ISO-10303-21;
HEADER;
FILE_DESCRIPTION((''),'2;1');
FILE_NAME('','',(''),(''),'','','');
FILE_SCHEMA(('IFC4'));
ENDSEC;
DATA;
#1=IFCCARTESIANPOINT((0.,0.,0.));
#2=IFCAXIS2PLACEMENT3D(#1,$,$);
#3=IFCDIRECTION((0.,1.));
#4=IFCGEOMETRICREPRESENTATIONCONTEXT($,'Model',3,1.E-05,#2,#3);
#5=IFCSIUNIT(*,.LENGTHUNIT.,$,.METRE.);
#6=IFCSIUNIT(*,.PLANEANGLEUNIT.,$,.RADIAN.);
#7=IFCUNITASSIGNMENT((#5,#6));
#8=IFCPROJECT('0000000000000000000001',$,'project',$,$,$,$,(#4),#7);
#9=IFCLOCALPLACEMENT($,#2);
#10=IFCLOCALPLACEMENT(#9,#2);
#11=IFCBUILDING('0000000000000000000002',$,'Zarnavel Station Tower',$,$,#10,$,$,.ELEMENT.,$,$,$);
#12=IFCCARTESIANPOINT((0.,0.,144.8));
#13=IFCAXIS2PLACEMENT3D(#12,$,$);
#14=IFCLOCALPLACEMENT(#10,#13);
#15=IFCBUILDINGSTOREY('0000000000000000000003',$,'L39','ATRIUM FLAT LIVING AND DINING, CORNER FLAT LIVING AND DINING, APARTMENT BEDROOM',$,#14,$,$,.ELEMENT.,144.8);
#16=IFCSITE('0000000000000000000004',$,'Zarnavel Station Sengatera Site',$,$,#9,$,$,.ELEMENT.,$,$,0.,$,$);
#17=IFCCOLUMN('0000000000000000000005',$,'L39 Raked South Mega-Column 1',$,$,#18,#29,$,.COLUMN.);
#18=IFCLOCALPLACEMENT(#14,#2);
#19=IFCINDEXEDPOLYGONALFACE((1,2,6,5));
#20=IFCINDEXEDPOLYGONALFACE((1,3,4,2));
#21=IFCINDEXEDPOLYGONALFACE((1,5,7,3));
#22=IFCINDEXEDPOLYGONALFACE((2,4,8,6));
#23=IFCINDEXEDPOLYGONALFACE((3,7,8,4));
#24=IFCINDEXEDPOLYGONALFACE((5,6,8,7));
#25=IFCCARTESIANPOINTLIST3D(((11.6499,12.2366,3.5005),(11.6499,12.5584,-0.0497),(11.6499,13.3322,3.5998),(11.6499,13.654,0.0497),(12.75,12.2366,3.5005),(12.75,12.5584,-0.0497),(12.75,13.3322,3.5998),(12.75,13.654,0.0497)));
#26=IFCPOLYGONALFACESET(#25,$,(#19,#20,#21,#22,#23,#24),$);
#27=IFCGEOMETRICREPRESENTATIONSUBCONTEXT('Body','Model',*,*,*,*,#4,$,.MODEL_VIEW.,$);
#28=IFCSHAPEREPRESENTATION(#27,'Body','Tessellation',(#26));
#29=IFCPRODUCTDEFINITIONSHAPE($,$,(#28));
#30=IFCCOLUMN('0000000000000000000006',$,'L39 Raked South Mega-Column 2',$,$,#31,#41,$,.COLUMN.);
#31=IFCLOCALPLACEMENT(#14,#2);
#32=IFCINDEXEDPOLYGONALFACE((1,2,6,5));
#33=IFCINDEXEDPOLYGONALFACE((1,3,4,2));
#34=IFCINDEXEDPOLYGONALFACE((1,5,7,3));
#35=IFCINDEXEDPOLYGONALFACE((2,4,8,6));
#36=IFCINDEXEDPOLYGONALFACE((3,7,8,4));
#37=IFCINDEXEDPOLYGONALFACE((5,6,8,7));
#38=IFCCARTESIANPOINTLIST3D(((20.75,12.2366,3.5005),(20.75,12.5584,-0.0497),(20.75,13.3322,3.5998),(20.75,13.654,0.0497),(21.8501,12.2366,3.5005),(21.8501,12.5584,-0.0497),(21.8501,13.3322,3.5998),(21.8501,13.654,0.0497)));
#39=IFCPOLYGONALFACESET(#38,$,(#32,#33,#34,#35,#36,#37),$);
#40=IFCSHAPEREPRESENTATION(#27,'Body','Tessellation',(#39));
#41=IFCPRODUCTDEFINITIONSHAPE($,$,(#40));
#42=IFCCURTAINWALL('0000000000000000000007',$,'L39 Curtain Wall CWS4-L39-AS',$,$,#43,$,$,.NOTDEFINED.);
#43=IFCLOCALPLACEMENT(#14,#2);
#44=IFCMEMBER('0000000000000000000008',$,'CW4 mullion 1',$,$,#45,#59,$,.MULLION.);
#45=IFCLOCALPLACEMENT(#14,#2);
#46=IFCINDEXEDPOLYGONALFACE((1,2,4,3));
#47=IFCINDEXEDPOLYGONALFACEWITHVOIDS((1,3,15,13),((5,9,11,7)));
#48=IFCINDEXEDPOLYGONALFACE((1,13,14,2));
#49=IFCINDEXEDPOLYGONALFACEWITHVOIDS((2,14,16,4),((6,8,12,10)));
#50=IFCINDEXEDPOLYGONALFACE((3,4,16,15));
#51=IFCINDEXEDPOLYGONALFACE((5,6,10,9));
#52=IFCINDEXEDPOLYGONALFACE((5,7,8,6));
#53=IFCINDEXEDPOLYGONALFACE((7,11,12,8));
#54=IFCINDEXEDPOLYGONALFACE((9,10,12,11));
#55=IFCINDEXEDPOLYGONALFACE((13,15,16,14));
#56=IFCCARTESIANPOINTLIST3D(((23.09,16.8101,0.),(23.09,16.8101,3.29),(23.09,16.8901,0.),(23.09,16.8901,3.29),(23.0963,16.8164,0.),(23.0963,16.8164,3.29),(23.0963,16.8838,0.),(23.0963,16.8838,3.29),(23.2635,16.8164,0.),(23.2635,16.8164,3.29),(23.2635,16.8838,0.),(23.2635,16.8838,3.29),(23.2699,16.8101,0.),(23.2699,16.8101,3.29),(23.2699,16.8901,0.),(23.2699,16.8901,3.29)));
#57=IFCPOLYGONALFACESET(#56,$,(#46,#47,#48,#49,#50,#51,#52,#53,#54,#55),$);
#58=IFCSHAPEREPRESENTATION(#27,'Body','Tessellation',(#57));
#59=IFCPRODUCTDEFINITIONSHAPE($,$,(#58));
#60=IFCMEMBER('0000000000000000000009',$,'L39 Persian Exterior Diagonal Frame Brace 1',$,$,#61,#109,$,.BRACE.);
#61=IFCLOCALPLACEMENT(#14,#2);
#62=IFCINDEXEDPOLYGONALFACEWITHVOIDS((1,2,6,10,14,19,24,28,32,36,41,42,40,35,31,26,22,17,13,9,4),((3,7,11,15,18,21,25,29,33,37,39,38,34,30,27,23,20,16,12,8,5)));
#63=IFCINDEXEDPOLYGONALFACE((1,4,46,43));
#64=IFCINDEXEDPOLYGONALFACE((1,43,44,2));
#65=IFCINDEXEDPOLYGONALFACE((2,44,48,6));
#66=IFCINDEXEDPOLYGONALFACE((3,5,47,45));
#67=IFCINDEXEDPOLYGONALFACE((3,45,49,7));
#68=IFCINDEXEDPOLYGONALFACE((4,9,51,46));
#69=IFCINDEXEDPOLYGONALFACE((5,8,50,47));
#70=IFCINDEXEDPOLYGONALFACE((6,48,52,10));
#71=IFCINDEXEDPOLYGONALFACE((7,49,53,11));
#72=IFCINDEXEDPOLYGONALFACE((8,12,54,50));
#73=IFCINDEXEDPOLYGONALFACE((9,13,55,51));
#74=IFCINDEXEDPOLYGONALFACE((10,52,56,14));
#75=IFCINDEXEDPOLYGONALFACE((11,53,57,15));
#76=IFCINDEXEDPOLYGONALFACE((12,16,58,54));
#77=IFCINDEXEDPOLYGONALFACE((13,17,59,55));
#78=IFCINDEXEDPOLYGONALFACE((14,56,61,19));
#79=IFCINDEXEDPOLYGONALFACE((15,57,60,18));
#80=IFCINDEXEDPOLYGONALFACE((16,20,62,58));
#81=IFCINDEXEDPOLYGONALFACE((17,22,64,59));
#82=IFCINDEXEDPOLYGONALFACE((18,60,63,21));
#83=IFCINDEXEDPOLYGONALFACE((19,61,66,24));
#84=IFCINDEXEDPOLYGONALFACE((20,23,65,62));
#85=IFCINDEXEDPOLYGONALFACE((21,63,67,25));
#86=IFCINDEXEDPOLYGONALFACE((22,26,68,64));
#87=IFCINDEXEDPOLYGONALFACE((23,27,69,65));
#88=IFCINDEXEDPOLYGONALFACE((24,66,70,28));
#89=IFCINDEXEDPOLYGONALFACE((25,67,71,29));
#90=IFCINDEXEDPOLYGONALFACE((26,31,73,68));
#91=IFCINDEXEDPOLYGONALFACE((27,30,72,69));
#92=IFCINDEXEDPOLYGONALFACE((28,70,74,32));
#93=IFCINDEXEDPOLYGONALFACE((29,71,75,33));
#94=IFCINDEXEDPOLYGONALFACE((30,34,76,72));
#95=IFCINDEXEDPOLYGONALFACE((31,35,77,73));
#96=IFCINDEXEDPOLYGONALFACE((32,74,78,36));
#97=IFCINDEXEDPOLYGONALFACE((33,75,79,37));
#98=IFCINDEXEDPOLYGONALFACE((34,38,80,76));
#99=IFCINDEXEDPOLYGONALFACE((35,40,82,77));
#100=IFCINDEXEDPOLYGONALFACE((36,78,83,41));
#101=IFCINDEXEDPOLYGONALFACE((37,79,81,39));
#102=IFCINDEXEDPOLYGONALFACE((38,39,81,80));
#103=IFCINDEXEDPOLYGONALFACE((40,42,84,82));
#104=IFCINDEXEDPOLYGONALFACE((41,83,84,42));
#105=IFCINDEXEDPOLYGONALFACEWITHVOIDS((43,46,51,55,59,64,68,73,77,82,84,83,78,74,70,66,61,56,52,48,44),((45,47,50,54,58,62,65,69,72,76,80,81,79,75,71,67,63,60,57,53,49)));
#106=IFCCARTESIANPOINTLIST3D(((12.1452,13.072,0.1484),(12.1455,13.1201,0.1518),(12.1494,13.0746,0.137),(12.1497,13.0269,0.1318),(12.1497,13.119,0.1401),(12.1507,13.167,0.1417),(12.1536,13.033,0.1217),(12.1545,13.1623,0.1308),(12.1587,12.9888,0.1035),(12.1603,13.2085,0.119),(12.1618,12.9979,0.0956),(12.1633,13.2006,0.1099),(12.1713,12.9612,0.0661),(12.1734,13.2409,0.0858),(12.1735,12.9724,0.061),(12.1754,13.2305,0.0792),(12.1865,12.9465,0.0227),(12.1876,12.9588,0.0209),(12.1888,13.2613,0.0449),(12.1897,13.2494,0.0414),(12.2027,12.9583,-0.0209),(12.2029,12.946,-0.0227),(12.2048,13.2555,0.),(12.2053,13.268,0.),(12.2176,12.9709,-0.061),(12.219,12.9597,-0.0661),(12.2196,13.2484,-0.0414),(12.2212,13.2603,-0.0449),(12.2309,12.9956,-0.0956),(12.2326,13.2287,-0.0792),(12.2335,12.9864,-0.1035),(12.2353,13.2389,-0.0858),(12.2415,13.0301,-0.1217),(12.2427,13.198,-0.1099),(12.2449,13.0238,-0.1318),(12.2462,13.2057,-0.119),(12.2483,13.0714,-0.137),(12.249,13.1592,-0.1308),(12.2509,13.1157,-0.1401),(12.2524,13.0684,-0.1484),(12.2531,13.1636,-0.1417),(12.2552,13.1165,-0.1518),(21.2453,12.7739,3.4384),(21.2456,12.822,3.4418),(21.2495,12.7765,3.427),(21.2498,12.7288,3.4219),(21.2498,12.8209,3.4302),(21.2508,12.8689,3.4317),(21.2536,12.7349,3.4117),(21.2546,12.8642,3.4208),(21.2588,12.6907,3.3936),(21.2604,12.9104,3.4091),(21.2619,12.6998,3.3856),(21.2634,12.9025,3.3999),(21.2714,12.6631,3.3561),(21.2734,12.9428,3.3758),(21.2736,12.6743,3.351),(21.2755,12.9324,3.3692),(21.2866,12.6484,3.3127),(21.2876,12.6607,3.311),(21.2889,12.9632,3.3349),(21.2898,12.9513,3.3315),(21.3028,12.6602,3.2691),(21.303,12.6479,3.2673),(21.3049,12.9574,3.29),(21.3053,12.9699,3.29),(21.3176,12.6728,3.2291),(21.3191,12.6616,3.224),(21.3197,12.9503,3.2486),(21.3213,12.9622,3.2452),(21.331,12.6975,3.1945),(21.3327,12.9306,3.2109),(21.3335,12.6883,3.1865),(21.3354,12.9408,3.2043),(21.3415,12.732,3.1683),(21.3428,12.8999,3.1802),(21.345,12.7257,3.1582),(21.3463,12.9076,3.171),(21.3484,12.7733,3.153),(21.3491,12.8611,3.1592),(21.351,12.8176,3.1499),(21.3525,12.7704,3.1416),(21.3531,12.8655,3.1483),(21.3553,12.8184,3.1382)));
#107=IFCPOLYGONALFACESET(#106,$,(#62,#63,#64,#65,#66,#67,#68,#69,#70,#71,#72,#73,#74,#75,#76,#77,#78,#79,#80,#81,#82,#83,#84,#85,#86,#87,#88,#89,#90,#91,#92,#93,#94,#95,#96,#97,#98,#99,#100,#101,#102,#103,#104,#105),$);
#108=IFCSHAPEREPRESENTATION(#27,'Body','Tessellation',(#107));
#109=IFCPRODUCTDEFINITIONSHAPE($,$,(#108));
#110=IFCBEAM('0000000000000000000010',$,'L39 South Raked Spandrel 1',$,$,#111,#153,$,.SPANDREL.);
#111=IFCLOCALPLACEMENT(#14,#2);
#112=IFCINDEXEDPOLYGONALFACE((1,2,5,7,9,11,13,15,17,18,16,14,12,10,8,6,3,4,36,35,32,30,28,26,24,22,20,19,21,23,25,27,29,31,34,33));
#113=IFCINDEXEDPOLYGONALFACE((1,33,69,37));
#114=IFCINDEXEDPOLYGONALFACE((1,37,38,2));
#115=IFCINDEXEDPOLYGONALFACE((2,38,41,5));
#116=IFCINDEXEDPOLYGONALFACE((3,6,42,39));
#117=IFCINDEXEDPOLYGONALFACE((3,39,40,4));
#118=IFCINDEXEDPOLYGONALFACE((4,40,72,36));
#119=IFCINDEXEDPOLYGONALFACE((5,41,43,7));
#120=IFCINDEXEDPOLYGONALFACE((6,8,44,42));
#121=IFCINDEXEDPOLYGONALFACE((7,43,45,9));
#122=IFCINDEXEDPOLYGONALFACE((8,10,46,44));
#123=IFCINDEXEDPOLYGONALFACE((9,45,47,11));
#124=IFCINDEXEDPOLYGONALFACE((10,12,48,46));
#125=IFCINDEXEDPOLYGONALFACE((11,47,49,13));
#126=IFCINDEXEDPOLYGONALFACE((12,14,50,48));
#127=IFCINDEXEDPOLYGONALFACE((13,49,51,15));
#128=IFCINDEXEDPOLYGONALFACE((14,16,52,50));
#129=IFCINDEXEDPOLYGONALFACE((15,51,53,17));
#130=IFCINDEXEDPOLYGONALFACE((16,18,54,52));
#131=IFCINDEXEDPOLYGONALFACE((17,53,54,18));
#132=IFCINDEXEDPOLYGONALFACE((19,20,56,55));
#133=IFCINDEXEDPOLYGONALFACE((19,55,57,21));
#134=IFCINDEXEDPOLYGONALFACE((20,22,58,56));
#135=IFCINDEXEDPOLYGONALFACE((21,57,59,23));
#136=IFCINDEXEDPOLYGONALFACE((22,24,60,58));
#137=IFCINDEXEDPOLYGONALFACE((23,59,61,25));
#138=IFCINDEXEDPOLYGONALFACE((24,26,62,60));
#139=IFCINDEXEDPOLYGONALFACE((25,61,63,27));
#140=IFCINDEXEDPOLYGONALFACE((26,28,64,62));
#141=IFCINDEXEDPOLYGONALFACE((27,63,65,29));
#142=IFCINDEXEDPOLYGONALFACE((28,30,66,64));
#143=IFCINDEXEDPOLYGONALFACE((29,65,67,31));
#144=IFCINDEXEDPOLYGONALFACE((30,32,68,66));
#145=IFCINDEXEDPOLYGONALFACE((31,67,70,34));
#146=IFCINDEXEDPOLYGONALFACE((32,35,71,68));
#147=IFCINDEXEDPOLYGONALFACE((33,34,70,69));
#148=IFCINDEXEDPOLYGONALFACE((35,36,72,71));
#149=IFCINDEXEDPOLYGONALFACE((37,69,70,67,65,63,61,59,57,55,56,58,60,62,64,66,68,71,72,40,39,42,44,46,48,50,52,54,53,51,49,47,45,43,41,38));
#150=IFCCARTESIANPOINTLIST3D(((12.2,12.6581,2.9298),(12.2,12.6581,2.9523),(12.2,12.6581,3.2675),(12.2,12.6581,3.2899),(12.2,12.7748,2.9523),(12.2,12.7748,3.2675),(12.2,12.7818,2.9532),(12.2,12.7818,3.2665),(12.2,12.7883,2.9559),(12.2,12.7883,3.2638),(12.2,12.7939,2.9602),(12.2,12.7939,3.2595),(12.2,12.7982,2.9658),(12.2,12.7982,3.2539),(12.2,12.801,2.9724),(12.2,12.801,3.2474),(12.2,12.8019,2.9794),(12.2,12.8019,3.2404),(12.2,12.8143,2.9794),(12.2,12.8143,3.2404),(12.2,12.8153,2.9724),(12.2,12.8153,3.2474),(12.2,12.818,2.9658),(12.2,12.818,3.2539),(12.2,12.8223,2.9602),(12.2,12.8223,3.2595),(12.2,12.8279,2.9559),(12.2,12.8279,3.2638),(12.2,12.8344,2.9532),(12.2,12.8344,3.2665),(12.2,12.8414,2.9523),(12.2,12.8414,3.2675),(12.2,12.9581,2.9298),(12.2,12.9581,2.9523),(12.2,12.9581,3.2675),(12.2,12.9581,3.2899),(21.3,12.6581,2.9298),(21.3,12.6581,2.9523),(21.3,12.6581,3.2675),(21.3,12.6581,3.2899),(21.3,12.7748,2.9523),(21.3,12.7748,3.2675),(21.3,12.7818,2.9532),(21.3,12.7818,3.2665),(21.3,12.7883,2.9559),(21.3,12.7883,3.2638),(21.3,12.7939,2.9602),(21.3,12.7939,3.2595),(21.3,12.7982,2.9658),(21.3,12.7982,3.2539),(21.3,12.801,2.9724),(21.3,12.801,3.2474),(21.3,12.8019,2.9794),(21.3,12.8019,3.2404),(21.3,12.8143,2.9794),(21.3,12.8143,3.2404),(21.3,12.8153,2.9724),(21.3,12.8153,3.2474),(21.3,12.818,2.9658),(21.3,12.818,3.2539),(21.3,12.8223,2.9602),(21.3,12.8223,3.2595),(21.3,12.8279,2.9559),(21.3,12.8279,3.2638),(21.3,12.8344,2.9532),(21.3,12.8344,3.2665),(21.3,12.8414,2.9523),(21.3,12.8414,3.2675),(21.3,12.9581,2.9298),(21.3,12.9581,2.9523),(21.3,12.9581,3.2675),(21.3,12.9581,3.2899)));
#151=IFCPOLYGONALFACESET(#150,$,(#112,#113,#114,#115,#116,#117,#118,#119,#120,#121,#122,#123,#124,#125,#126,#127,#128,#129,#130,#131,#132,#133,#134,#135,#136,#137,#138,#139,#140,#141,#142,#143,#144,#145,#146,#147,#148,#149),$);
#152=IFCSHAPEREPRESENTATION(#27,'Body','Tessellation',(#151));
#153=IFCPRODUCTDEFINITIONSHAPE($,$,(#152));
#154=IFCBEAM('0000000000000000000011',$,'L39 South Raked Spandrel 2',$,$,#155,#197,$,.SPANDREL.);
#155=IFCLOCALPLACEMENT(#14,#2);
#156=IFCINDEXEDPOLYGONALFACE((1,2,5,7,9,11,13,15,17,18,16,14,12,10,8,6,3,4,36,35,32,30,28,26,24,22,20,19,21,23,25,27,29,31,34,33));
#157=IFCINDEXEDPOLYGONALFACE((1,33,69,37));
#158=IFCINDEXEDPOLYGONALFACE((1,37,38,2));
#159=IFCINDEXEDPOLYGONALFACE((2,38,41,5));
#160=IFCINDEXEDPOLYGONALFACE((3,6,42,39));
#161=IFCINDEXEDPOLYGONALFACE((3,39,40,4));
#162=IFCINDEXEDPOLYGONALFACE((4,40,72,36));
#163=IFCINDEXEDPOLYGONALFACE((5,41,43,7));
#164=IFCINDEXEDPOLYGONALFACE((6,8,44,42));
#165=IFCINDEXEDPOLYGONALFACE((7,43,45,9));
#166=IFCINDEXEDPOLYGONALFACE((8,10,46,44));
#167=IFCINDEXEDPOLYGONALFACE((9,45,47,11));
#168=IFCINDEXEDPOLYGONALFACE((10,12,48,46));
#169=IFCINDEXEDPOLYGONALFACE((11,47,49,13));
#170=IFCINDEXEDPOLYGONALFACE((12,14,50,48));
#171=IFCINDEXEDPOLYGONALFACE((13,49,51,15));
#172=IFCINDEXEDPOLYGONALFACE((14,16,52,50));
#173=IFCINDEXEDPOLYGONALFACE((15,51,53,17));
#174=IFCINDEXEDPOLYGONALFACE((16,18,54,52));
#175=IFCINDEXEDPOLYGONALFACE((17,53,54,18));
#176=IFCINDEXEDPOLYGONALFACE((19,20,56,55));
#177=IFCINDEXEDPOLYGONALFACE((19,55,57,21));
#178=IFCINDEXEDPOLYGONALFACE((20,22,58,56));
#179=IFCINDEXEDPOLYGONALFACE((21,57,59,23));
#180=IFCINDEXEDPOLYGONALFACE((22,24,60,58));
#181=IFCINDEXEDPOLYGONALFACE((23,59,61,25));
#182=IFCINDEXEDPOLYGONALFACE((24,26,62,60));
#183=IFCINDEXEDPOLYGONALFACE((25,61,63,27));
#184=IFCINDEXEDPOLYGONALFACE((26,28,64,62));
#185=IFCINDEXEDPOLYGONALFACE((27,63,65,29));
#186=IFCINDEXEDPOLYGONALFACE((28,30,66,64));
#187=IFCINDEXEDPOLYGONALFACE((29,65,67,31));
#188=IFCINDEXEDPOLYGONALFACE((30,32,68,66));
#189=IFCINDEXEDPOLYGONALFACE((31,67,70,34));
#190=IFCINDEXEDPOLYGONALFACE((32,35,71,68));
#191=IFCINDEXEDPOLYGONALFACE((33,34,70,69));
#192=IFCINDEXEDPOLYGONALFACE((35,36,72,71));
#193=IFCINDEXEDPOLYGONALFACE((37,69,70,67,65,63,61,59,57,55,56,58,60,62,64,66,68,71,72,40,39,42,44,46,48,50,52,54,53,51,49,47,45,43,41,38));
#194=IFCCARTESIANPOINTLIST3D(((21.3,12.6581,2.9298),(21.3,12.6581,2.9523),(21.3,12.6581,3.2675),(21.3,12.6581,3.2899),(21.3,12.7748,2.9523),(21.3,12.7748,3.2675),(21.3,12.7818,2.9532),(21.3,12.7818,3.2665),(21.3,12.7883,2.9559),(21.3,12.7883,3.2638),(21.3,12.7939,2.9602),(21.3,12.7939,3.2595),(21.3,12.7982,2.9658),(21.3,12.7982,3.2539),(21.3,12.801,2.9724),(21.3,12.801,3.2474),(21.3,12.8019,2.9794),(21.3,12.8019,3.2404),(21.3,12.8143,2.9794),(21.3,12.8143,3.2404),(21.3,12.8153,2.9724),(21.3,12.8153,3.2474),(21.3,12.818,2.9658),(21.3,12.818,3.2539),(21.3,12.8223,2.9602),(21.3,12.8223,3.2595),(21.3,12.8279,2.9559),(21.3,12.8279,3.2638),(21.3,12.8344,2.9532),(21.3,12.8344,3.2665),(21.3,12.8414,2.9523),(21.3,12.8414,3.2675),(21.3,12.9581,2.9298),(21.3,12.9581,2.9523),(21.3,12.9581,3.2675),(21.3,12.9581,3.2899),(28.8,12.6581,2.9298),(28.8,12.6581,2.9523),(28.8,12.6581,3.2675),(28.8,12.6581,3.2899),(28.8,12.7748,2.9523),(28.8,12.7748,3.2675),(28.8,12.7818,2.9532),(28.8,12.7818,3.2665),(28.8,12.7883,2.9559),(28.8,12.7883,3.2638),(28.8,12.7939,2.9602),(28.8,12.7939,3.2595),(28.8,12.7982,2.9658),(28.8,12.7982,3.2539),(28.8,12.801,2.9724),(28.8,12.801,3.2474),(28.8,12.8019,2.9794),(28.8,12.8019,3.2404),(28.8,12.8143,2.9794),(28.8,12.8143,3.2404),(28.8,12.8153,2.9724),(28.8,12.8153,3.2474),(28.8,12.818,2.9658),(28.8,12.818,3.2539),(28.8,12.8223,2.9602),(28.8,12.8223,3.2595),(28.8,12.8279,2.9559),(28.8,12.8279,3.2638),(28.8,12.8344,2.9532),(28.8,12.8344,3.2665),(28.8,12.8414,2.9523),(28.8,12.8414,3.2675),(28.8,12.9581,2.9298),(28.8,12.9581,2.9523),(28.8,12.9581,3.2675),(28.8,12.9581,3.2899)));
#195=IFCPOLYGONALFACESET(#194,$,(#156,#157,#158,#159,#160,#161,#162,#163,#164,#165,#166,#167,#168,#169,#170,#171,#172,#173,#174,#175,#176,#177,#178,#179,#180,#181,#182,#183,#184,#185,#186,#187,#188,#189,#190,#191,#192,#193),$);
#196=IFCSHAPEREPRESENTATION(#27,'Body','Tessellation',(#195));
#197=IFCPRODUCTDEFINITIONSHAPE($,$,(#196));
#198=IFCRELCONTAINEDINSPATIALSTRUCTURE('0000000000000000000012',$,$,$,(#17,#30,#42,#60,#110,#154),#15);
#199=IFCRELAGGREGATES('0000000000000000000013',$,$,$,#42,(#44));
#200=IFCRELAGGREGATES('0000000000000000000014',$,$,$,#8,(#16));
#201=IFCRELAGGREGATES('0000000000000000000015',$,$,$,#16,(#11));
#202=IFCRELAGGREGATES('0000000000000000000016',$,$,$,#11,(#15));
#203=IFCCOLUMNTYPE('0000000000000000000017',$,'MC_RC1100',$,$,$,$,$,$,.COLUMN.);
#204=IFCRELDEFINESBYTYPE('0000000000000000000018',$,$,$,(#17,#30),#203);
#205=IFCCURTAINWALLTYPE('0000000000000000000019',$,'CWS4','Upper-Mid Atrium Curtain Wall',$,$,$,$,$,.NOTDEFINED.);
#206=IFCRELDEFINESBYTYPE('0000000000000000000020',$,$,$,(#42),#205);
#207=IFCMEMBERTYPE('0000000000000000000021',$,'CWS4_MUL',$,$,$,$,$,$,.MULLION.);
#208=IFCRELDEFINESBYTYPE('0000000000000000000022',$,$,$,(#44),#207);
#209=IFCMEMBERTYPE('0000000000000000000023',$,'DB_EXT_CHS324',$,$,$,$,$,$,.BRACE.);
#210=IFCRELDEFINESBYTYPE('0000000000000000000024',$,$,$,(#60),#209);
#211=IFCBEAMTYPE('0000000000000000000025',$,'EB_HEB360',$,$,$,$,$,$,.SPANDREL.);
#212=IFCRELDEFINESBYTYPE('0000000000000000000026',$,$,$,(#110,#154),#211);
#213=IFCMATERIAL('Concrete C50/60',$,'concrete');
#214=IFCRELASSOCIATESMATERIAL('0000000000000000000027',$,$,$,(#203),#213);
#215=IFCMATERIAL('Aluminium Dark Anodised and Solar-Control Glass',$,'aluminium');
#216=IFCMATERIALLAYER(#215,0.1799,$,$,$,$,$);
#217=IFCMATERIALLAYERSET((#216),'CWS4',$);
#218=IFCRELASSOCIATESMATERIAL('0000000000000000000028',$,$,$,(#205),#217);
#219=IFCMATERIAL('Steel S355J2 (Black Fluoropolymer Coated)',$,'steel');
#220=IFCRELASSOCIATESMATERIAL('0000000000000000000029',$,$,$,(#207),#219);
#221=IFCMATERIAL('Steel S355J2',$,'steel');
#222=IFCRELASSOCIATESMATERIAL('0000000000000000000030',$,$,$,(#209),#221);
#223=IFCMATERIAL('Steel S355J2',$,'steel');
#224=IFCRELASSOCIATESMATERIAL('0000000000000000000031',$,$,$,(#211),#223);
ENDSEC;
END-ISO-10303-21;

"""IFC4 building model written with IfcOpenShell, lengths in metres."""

from ifc_helpers import new_model, si_unit, direction, frame, origin, origin_2d, place, context, subcontext, project, spatial, rectangle, hollow_rectangle, hollow_circle, i_section, extrude, material, layer, layer_set, material_profile, profile_set, type_object, element, aggregate, save


model = new_model("IFC4")

# Units and contexts
model_context = context("Model", 3, precision=1e-05, world=origin(), true_north=direction((0.0, 1.0)))
body_context = subcontext(model_context, "Body", "Model", "MODEL_VIEW")
ifc_project = project(units=[si_unit("LENGTHUNIT", "METRE"), si_unit("PLANEANGLEUNIT", "RADIAN")], contexts=[model_context])

# Site, building, storey
site_placement = place(None, origin())
site = spatial("IfcSite", under=ifc_project, at=site_placement, Name="Zarnavel Station Sengatera Site", CompositionType="ELEMENT", RefElevation=0.0)
building_placement = place(site_placement, origin())
building = spatial("IfcBuilding", under=site, at=building_placement, Name="Zarnavel Station Tower", CompositionType="ELEMENT")
storey_placement = place(building_placement, frame((0.0, 0.0, 144.8)))
storey = spatial("IfcBuildingStorey", under=building, at=storey_placement, Name="L39", Description="ATRIUM FLAT LIVING AND DINING, CORNER FLAT LIVING AND DINING, APARTMENT BEDROOM", CompositionType="ELEMENT", Elevation=144.8)

# Columns
ifc_material_1 = material(Name="Concrete C50/60", Category="concrete")
ifc_material_profile_1 = material_profile(ifc_material_1, rectangle(XDim=1.1001, YDim=1.1001, at=origin_2d()), Name="RC1100x1100")
ifc_profile_set_1 = profile_set([ifc_material_profile_1], Name="Concrete C50/60")
column_type = type_object("IfcColumnType", Name="MC_RC1100", PredefinedType="COLUMN", material=ifc_profile_set_1)
for number, where, z_axis, x_axis, name in (
    (1, (12.2, 13.1062, 0.0), (0.0, -0.09027, 0.995917), (1.0, 0.0, 0.0), "L39 Raked South Mega-Column 1"),
    (2, (21.3, 13.1062, 0.0), (0.0, -0.09027, 0.995917), (1.0, 0.0, 0.0), "L39 Raked South Mega-Column 2"),
):
    element("IfcColumn", number, at=place(storey_placement, frame(where, z_axis=z_axis, x_axis=x_axis)), inside=storey, type_object=column_type, Name=name, PredefinedType="COLUMN", context=body_context, shape_type="SweptSolid", body=[
        extrude(rectangle(XDim=1.1001, YDim=1.1001, at=origin_2d()), origin(), (0.0, 0.0, 1.0), 3.5647),
    ])

# Curtain wall, member
ifc_material_2 = material(Name="Aluminium Dark Anodised and Solar-Control Glass", Category="aluminium")
ifc_layer_1 = layer(ifc_material_2, 0.1799)
ifc_layer_set_1 = layer_set([ifc_layer_1], Name="CWS4")
curtain_wall_type = type_object("IfcCurtainWallType", Name="CWS4", Description="Upper-Mid Atrium Curtain Wall", PredefinedType="NOTDEFINED", material=ifc_layer_set_1)
curtain_wall_placement = place(storey_placement, origin())
curtain_wall = element("IfcCurtainWall", 3, at=curtain_wall_placement, inside=storey, type_object=curtain_wall_type, Name="L39 Curtain Wall CWS4-L39-AS", PredefinedType="NOTDEFINED")
ifc_material_3 = material(Name="Steel S355J2 (Black Fluoropolymer Coated)", Category="steel")
ifc_material_profile_2 = material_profile(ifc_material_3, hollow_rectangle(XDim=0.0801, YDim=0.1799, WallThickness=0.0063, at=origin_2d()), Name="RHS180x80x6.3")
ifc_profile_set_2 = profile_set([ifc_material_profile_2], Name="Steel S355J2 (Black Fluoropolymer Coated)")
member_type_1 = type_object("IfcMemberType", Name="CWS4_MUL", PredefinedType="MULLION", material=ifc_profile_set_2)
member_1_placement = place(storey_placement, frame((23.1799, 16.8501, 0.0), z_axis=(0.0, 0.0, 1.0), x_axis=(0.0, 1.0, 0.0)))
member_1 = element("IfcMember", 4, at=member_1_placement, type_object=member_type_1, Name="CW4 mullion 1", PredefinedType="MULLION", context=body_context, shape_type="SweptSolid", body=[
    extrude(hollow_rectangle(XDim=0.0801, YDim=0.1799, WallThickness=0.0063, at=origin_2d()), origin(), (0.0, 0.0, 1.0), 3.29),
])
aggregate(curtain_wall, [member_1])

# Member
ifc_material_4 = material(Name="Steel S355J2", Category="steel")
ifc_material_profile_3 = material_profile(ifc_material_4, hollow_circle(Radius=0.1619, WallThickness=0.0125, at=origin_2d()), Name="CHS323.9x12.5")
ifc_profile_set_3 = profile_set([ifc_material_profile_3], Name="Steel S355J2")
member_type_2 = type_object("IfcMemberType", Name="DB_EXT_CHS324", PredefinedType="BRACE", material=ifc_profile_set_3)
member_2_placement = place(storey_placement, frame((12.2, 13.1062, 0.0), z_axis=(0.939979, -0.030791, 0.339839), x_axis=(0.03274, 0.999464, 0.0)))
element("IfcMember", 5, at=member_2_placement, inside=storey, type_object=member_type_2, Name="L39 Persian Exterior Diagonal Frame Brace 1", PredefinedType="BRACE", context=body_context, shape_type="SweptSolid", body=[
    extrude(hollow_circle(Radius=0.1619, WallThickness=0.0125, at=origin_2d()), origin(), (0.0, 0.0, 1.0), 9.6812),
])

# Beams
ifc_material_5 = material(Name="Steel S355J2", Category="steel")
ifc_material_profile_4 = material_profile(ifc_material_5, i_section(OverallWidth=0.3, OverallDepth=0.3601, WebThickness=0.0125, FlangeThickness=0.0225, FilletRadius=0.0271, at=origin_2d()), Name="HEB360")
ifc_profile_set_4 = profile_set([ifc_material_profile_4], Name="Steel S355J2")
beam_type_1 = type_object("IfcBeamType", Name="EB_HEB360", PredefinedType="SPANDREL", material=ifc_profile_set_4)
beam_1_placement = place(storey_placement, frame((12.2, 12.8081, 3.1099), z_axis=(1.0, 0.0, 0.0), x_axis=(0.0, 1.0, 0.0)))
element("IfcBeam", 6, at=beam_1_placement, inside=storey, type_object=beam_type_1, Name="L39 South Raked Spandrel 1", PredefinedType="SPANDREL", context=body_context, shape_type="SweptSolid", body=[
    extrude(i_section(OverallWidth=0.3, OverallDepth=0.3601, WebThickness=0.0125, FlangeThickness=0.0225, FilletRadius=0.0271, at=origin_2d()), origin(), (0.0, 0.0, 1.0), 9.1001),
])
beam_2_placement = place(storey_placement, frame((21.3, 12.8081, 3.1099), z_axis=(1.0, 0.0, 0.0), x_axis=(0.0, 1.0, 0.0)))
element("IfcBeam", 7, at=beam_2_placement, inside=storey, type_object=beam_type_1, Name="L39 South Raked Spandrel 2", PredefinedType="SPANDREL", context=body_context, shape_type="SweptSolid", body=[
    extrude(i_section(OverallWidth=0.3, OverallDepth=0.3601, WebThickness=0.0125, FlangeThickness=0.0225, FilletRadius=0.0271, at=origin_2d()), origin(), (0.0, 0.0, 1.0), 7.5),
])

save(model, "model.ifc")
